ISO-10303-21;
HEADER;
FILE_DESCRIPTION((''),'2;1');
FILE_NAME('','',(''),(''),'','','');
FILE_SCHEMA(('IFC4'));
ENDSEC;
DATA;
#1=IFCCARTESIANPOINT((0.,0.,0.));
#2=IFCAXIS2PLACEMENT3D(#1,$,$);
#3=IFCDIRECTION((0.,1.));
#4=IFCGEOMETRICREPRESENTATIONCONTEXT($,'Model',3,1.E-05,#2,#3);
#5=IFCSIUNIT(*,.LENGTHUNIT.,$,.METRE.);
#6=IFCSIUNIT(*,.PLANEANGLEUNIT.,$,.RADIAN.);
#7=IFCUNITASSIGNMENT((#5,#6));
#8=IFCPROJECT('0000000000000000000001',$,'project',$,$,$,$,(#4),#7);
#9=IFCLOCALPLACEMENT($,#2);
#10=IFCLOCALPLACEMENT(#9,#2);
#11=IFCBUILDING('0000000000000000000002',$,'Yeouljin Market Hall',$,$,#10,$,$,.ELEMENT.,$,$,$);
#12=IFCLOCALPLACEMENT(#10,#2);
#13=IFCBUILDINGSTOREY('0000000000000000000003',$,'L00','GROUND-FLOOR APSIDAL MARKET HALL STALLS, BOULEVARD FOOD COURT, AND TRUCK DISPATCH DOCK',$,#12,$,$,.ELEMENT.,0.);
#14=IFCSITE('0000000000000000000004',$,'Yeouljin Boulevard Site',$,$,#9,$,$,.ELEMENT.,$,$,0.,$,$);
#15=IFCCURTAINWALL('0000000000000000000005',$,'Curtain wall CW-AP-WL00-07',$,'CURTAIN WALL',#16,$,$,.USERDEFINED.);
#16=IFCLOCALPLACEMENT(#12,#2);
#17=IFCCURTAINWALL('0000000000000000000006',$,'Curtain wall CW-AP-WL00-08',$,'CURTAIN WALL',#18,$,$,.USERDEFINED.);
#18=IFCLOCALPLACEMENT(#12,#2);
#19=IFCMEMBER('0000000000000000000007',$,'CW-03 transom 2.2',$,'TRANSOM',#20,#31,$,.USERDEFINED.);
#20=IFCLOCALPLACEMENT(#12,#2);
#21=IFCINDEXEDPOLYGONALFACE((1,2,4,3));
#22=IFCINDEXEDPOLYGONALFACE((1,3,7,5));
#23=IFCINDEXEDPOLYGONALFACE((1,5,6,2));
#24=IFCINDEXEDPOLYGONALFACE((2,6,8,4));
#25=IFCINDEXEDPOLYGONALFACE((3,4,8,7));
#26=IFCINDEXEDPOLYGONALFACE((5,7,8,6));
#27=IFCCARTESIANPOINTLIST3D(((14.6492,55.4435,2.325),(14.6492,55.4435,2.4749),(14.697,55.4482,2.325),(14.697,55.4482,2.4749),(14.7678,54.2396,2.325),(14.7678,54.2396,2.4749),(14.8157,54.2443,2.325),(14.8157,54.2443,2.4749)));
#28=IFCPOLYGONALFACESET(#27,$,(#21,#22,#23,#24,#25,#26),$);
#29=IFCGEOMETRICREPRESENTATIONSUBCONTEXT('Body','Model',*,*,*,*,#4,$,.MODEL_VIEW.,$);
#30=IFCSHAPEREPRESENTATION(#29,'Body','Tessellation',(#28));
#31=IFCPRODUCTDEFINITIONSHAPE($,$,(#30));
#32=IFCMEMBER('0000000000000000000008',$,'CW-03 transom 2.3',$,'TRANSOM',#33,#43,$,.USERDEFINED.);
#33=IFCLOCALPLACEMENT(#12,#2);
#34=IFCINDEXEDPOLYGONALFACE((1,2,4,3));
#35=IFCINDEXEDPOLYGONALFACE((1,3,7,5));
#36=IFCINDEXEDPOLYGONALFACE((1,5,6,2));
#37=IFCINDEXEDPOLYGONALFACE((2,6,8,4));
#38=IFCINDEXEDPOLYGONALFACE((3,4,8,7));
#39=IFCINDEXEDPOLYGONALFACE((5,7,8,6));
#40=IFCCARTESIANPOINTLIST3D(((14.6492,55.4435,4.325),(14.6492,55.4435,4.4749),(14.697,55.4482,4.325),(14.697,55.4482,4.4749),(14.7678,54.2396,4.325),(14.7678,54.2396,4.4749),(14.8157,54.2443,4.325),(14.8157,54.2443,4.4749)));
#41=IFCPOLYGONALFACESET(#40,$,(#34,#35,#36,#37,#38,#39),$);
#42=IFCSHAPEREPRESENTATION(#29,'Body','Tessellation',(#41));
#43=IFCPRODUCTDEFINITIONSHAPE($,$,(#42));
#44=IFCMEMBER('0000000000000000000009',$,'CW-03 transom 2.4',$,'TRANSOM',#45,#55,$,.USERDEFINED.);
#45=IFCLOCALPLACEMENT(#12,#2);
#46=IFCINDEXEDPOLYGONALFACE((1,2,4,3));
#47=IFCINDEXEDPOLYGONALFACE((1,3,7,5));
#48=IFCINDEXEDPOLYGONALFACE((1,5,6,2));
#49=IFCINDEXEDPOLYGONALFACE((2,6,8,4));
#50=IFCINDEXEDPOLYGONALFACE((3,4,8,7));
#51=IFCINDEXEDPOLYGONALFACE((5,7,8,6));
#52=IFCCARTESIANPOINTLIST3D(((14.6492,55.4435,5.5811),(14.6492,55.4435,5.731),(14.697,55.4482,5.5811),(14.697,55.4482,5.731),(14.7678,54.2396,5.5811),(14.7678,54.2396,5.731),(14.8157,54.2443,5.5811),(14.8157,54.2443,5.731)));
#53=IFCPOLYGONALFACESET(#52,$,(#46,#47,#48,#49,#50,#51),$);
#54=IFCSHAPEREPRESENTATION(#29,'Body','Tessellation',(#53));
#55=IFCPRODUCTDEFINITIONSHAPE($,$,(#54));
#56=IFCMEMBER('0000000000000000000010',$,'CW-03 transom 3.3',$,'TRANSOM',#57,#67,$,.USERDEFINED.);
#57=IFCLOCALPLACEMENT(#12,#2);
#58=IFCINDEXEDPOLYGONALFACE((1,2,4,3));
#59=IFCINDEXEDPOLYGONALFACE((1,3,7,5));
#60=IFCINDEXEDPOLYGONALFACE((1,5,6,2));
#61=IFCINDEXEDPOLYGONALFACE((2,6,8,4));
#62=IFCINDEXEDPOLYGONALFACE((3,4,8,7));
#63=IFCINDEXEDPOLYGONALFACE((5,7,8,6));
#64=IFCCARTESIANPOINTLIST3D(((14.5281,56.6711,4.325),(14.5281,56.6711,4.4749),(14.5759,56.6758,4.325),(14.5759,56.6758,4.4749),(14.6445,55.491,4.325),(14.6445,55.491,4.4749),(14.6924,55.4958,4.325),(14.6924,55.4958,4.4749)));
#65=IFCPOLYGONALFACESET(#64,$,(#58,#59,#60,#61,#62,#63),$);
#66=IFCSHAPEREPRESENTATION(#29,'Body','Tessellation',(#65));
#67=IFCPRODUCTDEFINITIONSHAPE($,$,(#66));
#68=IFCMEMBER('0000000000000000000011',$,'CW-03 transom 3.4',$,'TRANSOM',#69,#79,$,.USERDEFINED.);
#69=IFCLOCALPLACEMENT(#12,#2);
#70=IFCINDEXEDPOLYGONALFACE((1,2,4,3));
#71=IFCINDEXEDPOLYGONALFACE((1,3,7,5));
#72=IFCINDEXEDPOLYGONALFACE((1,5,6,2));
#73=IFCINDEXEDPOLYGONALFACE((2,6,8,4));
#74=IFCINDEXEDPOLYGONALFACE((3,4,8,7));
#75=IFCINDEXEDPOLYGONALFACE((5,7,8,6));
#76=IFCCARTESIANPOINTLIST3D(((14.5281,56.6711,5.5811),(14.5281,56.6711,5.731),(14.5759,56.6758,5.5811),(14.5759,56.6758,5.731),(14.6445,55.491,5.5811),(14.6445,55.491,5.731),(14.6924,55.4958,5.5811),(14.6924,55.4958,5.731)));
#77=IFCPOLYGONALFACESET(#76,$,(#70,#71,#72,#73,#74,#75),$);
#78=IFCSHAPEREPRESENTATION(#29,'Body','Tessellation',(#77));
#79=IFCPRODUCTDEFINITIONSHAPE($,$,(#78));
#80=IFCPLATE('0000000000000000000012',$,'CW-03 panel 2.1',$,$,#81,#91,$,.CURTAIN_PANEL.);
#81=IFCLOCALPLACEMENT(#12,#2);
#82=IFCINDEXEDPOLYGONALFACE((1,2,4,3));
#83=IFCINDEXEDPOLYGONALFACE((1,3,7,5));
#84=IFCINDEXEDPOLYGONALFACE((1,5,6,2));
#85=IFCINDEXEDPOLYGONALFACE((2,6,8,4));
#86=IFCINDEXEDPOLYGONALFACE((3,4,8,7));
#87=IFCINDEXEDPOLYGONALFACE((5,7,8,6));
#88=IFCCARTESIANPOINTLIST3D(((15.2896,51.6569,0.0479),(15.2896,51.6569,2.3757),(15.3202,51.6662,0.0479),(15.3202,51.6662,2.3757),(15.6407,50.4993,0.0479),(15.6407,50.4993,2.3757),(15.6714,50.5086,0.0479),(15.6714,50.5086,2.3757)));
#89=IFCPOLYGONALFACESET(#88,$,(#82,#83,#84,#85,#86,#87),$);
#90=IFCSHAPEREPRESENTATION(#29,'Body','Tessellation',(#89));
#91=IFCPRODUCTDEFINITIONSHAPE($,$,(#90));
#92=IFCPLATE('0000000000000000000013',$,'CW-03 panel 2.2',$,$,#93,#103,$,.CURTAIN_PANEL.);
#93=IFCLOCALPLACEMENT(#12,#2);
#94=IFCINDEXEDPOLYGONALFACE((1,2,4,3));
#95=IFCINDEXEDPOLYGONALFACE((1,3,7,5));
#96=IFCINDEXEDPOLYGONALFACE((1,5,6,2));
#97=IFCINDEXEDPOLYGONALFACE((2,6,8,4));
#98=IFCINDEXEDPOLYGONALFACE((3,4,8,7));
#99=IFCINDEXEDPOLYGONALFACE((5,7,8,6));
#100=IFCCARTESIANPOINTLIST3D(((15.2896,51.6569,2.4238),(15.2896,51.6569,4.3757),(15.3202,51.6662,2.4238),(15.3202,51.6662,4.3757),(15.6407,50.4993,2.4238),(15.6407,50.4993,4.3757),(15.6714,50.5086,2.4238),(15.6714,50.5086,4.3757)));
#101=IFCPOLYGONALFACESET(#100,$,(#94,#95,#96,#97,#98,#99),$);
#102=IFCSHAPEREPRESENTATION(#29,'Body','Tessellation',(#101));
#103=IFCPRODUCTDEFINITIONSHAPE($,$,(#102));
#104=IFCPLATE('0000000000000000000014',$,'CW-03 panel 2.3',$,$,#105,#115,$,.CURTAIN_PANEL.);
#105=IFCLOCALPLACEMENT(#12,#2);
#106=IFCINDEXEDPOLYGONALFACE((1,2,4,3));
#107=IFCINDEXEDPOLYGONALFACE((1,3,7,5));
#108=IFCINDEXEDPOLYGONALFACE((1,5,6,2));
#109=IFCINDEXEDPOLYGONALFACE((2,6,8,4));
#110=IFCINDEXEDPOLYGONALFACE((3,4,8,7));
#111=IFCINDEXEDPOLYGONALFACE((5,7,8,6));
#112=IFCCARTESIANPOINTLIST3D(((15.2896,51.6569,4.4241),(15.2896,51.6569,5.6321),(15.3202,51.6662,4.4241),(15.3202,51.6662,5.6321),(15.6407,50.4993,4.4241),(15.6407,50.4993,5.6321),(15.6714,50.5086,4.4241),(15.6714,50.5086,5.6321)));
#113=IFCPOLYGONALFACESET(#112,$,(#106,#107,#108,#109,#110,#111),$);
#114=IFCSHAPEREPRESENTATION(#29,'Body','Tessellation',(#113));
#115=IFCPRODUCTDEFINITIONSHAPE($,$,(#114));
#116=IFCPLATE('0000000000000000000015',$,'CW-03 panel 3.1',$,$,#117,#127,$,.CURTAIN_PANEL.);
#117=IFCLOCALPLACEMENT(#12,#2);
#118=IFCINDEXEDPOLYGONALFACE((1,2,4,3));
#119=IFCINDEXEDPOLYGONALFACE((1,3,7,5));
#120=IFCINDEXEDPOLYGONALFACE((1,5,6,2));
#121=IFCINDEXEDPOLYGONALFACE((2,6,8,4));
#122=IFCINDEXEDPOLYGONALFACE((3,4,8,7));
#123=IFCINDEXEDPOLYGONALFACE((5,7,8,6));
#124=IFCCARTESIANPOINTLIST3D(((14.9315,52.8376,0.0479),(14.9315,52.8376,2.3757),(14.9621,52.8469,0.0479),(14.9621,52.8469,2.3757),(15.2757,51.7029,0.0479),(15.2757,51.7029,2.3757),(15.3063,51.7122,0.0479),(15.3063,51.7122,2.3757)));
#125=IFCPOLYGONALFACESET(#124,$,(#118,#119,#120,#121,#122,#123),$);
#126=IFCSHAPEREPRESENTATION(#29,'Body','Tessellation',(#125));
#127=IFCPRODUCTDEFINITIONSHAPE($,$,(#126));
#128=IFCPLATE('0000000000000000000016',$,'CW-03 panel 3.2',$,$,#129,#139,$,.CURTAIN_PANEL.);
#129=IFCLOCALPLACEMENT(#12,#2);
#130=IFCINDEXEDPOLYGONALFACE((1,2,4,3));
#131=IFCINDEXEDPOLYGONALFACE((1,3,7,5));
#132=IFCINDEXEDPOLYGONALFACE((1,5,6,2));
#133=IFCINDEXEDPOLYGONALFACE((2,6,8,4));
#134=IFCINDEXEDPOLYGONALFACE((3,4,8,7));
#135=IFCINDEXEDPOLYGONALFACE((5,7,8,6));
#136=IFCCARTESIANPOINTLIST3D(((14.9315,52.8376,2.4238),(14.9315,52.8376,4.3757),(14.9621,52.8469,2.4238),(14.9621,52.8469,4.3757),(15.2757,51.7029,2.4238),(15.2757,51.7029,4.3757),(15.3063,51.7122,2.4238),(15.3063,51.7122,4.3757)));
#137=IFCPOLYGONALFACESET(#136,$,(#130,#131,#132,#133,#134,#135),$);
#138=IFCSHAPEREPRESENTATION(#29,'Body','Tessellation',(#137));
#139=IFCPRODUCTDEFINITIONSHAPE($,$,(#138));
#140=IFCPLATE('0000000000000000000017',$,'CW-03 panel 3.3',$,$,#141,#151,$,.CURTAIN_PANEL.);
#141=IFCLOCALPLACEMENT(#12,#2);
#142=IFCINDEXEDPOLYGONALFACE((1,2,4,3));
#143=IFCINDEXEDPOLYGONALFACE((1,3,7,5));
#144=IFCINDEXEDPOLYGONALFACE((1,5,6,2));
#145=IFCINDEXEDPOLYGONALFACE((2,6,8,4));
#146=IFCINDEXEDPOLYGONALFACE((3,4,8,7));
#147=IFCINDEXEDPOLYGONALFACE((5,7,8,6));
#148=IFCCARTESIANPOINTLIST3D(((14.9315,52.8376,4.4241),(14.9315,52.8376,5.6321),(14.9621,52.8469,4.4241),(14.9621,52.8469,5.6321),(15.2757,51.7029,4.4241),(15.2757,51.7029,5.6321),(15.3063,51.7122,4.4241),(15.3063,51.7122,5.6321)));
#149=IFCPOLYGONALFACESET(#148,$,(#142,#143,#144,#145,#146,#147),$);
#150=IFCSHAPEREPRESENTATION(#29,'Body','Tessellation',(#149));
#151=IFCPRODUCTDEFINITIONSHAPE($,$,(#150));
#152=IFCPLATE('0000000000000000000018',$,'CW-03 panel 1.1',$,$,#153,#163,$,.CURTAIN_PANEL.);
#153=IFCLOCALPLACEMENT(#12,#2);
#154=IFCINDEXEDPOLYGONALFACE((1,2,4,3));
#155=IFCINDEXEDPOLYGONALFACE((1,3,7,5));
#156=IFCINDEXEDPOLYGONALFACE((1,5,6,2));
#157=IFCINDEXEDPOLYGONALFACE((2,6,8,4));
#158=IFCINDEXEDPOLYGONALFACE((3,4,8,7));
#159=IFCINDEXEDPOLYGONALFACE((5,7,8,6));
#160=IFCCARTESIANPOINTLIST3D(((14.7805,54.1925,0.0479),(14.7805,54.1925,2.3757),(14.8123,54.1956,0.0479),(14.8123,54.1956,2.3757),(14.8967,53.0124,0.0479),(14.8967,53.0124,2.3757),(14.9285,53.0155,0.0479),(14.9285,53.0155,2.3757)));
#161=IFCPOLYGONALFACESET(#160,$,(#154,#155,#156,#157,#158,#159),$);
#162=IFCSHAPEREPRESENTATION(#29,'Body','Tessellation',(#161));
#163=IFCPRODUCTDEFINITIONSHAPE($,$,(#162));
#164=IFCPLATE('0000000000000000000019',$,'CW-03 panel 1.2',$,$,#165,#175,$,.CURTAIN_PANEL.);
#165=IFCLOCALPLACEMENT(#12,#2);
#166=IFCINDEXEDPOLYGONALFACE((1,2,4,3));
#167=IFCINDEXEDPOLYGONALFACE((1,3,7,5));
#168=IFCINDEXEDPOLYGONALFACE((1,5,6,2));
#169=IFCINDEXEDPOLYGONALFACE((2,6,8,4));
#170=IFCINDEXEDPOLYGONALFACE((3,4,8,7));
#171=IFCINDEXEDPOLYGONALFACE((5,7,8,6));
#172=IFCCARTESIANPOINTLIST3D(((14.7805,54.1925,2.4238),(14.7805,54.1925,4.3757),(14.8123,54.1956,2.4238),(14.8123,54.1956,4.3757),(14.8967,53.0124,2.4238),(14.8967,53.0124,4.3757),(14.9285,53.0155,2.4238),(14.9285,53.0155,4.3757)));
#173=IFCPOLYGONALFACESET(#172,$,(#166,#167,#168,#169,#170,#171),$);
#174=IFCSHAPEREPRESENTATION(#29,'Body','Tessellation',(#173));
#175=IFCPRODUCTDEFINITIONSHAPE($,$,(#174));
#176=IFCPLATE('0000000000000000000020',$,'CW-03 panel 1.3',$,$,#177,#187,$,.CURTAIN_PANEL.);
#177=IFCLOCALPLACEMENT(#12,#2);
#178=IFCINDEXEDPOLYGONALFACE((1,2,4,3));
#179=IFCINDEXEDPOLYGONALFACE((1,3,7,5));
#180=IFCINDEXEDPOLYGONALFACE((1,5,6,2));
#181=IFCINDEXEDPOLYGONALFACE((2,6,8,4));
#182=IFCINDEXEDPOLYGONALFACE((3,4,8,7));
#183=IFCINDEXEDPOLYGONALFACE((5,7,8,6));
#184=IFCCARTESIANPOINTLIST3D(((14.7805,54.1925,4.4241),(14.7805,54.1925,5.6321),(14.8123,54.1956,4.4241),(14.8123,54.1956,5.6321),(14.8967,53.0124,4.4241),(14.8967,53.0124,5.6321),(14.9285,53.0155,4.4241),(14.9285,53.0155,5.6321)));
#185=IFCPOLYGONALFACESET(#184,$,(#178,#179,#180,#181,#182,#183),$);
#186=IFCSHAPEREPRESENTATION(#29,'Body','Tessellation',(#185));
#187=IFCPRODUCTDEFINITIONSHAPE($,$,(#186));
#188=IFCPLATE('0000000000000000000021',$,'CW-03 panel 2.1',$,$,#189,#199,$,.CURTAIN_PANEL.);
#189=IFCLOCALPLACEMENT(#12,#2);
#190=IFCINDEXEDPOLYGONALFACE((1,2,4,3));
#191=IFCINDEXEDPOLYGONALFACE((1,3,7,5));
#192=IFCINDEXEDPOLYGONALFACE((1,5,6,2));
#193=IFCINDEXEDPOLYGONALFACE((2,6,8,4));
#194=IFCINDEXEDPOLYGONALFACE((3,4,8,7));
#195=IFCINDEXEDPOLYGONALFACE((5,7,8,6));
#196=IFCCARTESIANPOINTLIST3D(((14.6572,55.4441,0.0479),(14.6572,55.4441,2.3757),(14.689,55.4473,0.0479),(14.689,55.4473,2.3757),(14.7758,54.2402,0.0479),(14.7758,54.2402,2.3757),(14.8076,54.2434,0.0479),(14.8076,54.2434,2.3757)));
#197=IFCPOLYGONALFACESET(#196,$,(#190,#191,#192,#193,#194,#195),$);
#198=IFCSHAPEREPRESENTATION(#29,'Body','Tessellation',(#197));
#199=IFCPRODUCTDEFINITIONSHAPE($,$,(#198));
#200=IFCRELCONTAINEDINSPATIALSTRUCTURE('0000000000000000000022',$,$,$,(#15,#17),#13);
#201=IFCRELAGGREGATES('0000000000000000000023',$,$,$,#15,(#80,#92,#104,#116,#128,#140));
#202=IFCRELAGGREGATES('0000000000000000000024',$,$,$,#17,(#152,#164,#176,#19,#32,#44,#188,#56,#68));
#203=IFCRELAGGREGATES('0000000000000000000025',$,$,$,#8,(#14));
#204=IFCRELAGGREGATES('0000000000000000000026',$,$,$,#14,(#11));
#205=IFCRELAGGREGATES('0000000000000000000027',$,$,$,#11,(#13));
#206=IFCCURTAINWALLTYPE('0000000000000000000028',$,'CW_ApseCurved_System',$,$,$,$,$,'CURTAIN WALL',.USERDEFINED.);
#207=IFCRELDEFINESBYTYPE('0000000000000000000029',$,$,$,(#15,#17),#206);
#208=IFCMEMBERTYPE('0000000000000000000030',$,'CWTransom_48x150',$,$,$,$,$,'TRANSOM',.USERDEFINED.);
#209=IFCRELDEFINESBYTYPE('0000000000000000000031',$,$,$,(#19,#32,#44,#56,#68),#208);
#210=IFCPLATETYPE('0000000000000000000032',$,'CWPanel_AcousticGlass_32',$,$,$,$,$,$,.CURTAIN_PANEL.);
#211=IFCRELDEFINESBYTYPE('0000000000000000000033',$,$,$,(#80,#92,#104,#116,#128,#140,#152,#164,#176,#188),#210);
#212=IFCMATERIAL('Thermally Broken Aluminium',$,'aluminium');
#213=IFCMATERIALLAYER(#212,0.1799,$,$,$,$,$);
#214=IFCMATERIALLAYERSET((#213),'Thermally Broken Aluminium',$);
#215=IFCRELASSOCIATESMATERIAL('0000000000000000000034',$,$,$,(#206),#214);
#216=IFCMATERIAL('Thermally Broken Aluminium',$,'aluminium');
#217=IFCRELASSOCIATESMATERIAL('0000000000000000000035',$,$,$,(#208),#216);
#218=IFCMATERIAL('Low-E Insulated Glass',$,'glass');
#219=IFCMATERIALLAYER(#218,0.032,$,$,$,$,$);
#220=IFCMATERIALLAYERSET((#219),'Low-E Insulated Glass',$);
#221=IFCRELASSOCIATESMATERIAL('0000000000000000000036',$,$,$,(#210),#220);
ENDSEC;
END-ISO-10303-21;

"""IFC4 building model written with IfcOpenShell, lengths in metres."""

from ifc_helpers import new_model, si_unit, direction, frame, origin, origin_2d, place, context, subcontext, project, spatial, rectangle, extrude, material, layer, layer_set, material_profile, profile_set, type_object, element, aggregate, save


model = new_model("IFC4")

# Units and contexts
model_context = context("Model", 3, precision=1e-05, world=origin(), true_north=direction((0.0, 1.0)))
body_context = subcontext(model_context, "Body", "Model", "MODEL_VIEW")
ifc_project = project(units=[si_unit("LENGTHUNIT", "METRE"), si_unit("PLANEANGLEUNIT", "RADIAN")], contexts=[model_context])

# Site, building, storey
site_placement = place(None, origin())
site = spatial("IfcSite", under=ifc_project, at=site_placement, Name="Yeouljin Boulevard Site", CompositionType="ELEMENT", RefElevation=0.0)
building_placement = place(site_placement, origin())
building = spatial("IfcBuilding", under=site, at=building_placement, Name="Yeouljin Market Hall", CompositionType="ELEMENT")
storey_placement = place(building_placement, origin())
storey = spatial("IfcBuildingStorey", under=building, at=storey_placement, Name="L00", Description="GROUND-FLOOR APSIDAL MARKET HALL STALLS, BOULEVARD FOOD COURT, AND TRUCK DISPATCH DOCK", CompositionType="ELEMENT", Elevation=0.0)

# Curtain walls
ifc_material_1 = material(Name="Thermally Broken Aluminium", Category="aluminium")
ifc_layer_1 = layer(ifc_material_1, 0.1799)
ifc_layer_set_1 = layer_set([ifc_layer_1], Name="Thermally Broken Aluminium")
curtain_wall_type = type_object("IfcCurtainWallType", Name="CW_ApseCurved_System", ElementType="CURTAIN WALL", PredefinedType="USERDEFINED", material=ifc_layer_set_1)
curtain_wall_1_placement = place(storey_placement, origin())
curtain_wall_1 = element("IfcCurtainWall", 1, at=curtain_wall_1_placement, inside=storey, type_object=curtain_wall_type, Name="Curtain wall CW-AP-WL00-07", ObjectType="CURTAIN WALL", PredefinedType="USERDEFINED")
curtain_wall_2_placement = place(storey_placement, origin())
curtain_wall_2 = element("IfcCurtainWall", 2, at=curtain_wall_2_placement, inside=storey, type_object=curtain_wall_type, Name="Curtain wall CW-AP-WL00-08", ObjectType="CURTAIN WALL", PredefinedType="USERDEFINED")

# Members
ifc_material_2 = material(Name="Thermally Broken Aluminium", Category="aluminium")
ifc_material_profile_1 = material_profile(ifc_material_2, rectangle(XDim=0.0481, YDim=0.1499, at=origin_2d()), Name="CW-TRAN-48x150")
ifc_profile_set_1 = profile_set([ifc_material_profile_1], Name="Thermally Broken Aluminium")
member_type_1 = type_object("IfcMemberType", Name="CWTransom_48x150", ElementType="TRANSOM", PredefinedType="USERDEFINED", material=ifc_profile_set_1)
member_1_placement = place(storey_placement, frame((14.7917, 54.2419, 2.3999), z_axis=(-0.098085, 0.995178, 0.0), x_axis=(-0.995178, -0.098085, 0.0)))
member_1 = element("IfcMember", 3, at=member_1_placement, type_object=member_type_1, Name="CW-03 transom 2.2", ObjectType="TRANSOM", PredefinedType="USERDEFINED", context=body_context, shape_type="SweptSolid", body=[
    extrude(rectangle(XDim=0.0481, YDim=0.1499, at=origin_2d()), origin(), (0.0, 0.0, 1.0), 1.2097),
])
member_2_placement = place(storey_placement, frame((14.7917, 54.2419, 4.3999), z_axis=(-0.098085, 0.995178, 0.0), x_axis=(-0.995178, -0.098085, 0.0)))
member_2 = element("IfcMember", 4, at=member_2_placement, type_object=member_type_1, Name="CW-03 transom 2.3", ObjectType="TRANSOM", PredefinedType="USERDEFINED", context=body_context, shape_type="SweptSolid", body=[
    extrude(rectangle(XDim=0.0481, YDim=0.1499, at=origin_2d()), origin(), (0.0, 0.0, 1.0), 1.2097),
])
member_3_placement = place(storey_placement, frame((14.7917, 54.2419, 5.656), z_axis=(-0.098085, 0.995178, 0.0), x_axis=(-0.995178, -0.098085, 0.0)))
member_3 = element("IfcMember", 5, at=member_3_placement, type_object=member_type_1, Name="CW-03 transom 2.4", ObjectType="TRANSOM", PredefinedType="USERDEFINED", context=body_context, shape_type="SweptSolid", body=[
    extrude(rectangle(XDim=0.0481, YDim=0.1499, at=origin_2d()), origin(), (0.0, 0.0, 1.0), 1.2097),
])
member_4_placement = place(storey_placement, frame((14.6685, 55.4934, 4.3999), z_axis=(-0.098199, 0.995167, 0.0), x_axis=(-0.995167, -0.098199, 0.0)))
member_4 = element("IfcMember", 6, at=member_4_placement, type_object=member_type_1, Name="CW-03 transom 3.3", ObjectType="TRANSOM", PredefinedType="USERDEFINED", context=body_context, shape_type="SweptSolid", body=[
    extrude(rectangle(XDim=0.0481, YDim=0.1499, at=origin_2d()), origin(), (0.0, 0.0, 1.0), 1.1858),
])
member_5_placement = place(storey_placement, frame((14.6685, 55.4934, 5.656), z_axis=(-0.098199, 0.995167, 0.0), x_axis=(-0.995167, -0.098199, 0.0)))
member_5 = element("IfcMember", 7, at=member_5_placement, type_object=member_type_1, Name="CW-03 transom 3.4", ObjectType="TRANSOM", PredefinedType="USERDEFINED", context=body_context, shape_type="SweptSolid", body=[
    extrude(rectangle(XDim=0.0481, YDim=0.1499, at=origin_2d()), origin(), (0.0, 0.0, 1.0), 1.1858),
])

# Plates
ifc_material_3 = material(Name="Low-E Insulated Glass", Category="glass")
ifc_layer_2 = layer(ifc_material_3, 0.032)
ifc_layer_set_2 = layer_set([ifc_layer_2], Name="Low-E Insulated Glass")
plate_type = type_object("IfcPlateType", Name="CWPanel_AcousticGlass_32", PredefinedType="CURTAIN_PANEL", material=ifc_layer_set_2)
plate_1_placement = place(storey_placement, frame((15.4805, 51.0828, 0.0479), z_axis=(0.0, 0.0, 1.0), x_axis=(-0.290286, 0.95694, 0.0)))
plate_1 = element("IfcPlate", 8, at=plate_1_placement, type_object=plate_type, Name="CW-03 panel 2.1", PredefinedType="CURTAIN_PANEL", context=body_context, shape_type="SweptSolid", body=[
    extrude(rectangle(XDim=1.2097, YDim=0.032, at=origin_2d()), origin(), (0.0, 0.0, 1.0), 2.3279),
])
plate_2_placement = place(storey_placement, frame((15.4805, 51.0828, 2.4238), z_axis=(0.0, 0.0, 1.0), x_axis=(-0.290286, 0.95694, 0.0)))
plate_2 = element("IfcPlate", 9, at=plate_2_placement, type_object=plate_type, Name="CW-03 panel 2.2", PredefinedType="CURTAIN_PANEL", context=body_context, shape_type="SweptSolid", body=[
    extrude(rectangle(XDim=1.2097, YDim=0.032, at=origin_2d()), origin(), (0.0, 0.0, 1.0), 1.9519),
])
plate_3_placement = place(storey_placement, frame((15.4805, 51.0828, 4.4241), z_axis=(0.0, 0.0, 1.0), x_axis=(-0.290286, 0.95694, 0.0)))
plate_3 = element("IfcPlate", 10, at=plate_3_placement, type_object=plate_type, Name="CW-03 panel 2.3", PredefinedType="CURTAIN_PANEL", context=body_context, shape_type="SweptSolid", body=[
    extrude(rectangle(XDim=1.2097, YDim=0.032, at=origin_2d()), origin(), (0.0, 0.0, 1.0), 1.208),
])
plate_4_placement = place(storey_placement, frame((15.1189, 52.2749, 0.0479), z_axis=(0.0, 0.0, 1.0), x_axis=(-0.290286, 0.95694, 0.0)))
plate_4 = element("IfcPlate", 11, at=plate_4_placement, type_object=plate_type, Name="CW-03 panel 3.1", PredefinedType="CURTAIN_PANEL", context=body_context, shape_type="SweptSolid", body=[
    extrude(rectangle(XDim=1.1858, YDim=0.032, at=origin_2d()), origin(), (0.0, 0.0, 1.0), 2.3279),
])
plate_5_placement = place(storey_placement, frame((15.1189, 52.2749, 2.4238), z_axis=(0.0, 0.0, 1.0), x_axis=(-0.290286, 0.95694, 0.0)))
plate_5 = element("IfcPlate", 12, at=plate_5_placement, type_object=plate_type, Name="CW-03 panel 3.2", PredefinedType="CURTAIN_PANEL", context=body_context, shape_type="SweptSolid", body=[
    extrude(rectangle(XDim=1.1858, YDim=0.032, at=origin_2d()), origin(), (0.0, 0.0, 1.0), 1.9519),
])
plate_6_placement = place(storey_placement, frame((15.1189, 52.2749, 4.4241), z_axis=(0.0, 0.0, 1.0), x_axis=(-0.290286, 0.95694, 0.0)))
plate_6 = element("IfcPlate", 13, at=plate_6_placement, type_object=plate_type, Name="CW-03 panel 3.3", PredefinedType="CURTAIN_PANEL", context=body_context, shape_type="SweptSolid", body=[
    extrude(rectangle(XDim=1.1858, YDim=0.032, at=origin_2d()), origin(), (0.0, 0.0, 1.0), 1.208),
])
aggregate(curtain_wall_1, [plate_1, plate_2, plate_3, plate_4, plate_5, plate_6])
plate_7_placement = place(storey_placement, frame((14.8545, 53.604, 0.0479), z_axis=(0.0, 0.0, 1.0), x_axis=(-0.098034, 0.995183, 0.0)))
plate_7 = element("IfcPlate", 14, at=plate_7_placement, type_object=plate_type, Name="CW-03 panel 1.1", PredefinedType="CURTAIN_PANEL", context=body_context, shape_type="SweptSolid", body=[
    extrude(rectangle(XDim=1.1858, YDim=0.032, at=origin_2d()), origin(), (0.0, 0.0, 1.0), 2.3279),
])
plate_8_placement = place(storey_placement, frame((14.8545, 53.604, 2.4238), z_axis=(0.0, 0.0, 1.0), x_axis=(-0.098034, 0.995183, 0.0)))
plate_8 = element("IfcPlate", 15, at=plate_8_placement, type_object=plate_type, Name="CW-03 panel 1.2", PredefinedType="CURTAIN_PANEL", context=body_context, shape_type="SweptSolid", body=[
    extrude(rectangle(XDim=1.1858, YDim=0.032, at=origin_2d()), origin(), (0.0, 0.0, 1.0), 1.9519),
])
plate_9_placement = place(storey_placement, frame((14.8545, 53.604, 4.4241), z_axis=(0.0, 0.0, 1.0), x_axis=(-0.098034, 0.995183, 0.0)))
plate_9 = element("IfcPlate", 16, at=plate_9_placement, type_object=plate_type, Name="CW-03 panel 1.3", PredefinedType="CURTAIN_PANEL", context=body_context, shape_type="SweptSolid", body=[
    extrude(rectangle(XDim=1.1858, YDim=0.032, at=origin_2d()), origin(), (0.0, 0.0, 1.0), 1.208),
])
plate_10_placement = place(storey_placement, frame((14.7324, 54.8438, 0.0479), z_axis=(0.0, 0.0, 1.0), x_axis=(-0.098034, 0.995183, 0.0)))
plate_10 = element("IfcPlate", 17, at=plate_10_placement, type_object=plate_type, Name="CW-03 panel 2.1", PredefinedType="CURTAIN_PANEL", context=body_context, shape_type="SweptSolid", body=[
    extrude(rectangle(XDim=1.2097, YDim=0.032, at=origin_2d()), origin(), (0.0, 0.0, 1.0), 2.3279),
])
aggregate(curtain_wall_2, [plate_7, plate_8, plate_9, member_1, member_2, member_3, plate_10, member_4, member_5])

save(model, "model.ifc")
